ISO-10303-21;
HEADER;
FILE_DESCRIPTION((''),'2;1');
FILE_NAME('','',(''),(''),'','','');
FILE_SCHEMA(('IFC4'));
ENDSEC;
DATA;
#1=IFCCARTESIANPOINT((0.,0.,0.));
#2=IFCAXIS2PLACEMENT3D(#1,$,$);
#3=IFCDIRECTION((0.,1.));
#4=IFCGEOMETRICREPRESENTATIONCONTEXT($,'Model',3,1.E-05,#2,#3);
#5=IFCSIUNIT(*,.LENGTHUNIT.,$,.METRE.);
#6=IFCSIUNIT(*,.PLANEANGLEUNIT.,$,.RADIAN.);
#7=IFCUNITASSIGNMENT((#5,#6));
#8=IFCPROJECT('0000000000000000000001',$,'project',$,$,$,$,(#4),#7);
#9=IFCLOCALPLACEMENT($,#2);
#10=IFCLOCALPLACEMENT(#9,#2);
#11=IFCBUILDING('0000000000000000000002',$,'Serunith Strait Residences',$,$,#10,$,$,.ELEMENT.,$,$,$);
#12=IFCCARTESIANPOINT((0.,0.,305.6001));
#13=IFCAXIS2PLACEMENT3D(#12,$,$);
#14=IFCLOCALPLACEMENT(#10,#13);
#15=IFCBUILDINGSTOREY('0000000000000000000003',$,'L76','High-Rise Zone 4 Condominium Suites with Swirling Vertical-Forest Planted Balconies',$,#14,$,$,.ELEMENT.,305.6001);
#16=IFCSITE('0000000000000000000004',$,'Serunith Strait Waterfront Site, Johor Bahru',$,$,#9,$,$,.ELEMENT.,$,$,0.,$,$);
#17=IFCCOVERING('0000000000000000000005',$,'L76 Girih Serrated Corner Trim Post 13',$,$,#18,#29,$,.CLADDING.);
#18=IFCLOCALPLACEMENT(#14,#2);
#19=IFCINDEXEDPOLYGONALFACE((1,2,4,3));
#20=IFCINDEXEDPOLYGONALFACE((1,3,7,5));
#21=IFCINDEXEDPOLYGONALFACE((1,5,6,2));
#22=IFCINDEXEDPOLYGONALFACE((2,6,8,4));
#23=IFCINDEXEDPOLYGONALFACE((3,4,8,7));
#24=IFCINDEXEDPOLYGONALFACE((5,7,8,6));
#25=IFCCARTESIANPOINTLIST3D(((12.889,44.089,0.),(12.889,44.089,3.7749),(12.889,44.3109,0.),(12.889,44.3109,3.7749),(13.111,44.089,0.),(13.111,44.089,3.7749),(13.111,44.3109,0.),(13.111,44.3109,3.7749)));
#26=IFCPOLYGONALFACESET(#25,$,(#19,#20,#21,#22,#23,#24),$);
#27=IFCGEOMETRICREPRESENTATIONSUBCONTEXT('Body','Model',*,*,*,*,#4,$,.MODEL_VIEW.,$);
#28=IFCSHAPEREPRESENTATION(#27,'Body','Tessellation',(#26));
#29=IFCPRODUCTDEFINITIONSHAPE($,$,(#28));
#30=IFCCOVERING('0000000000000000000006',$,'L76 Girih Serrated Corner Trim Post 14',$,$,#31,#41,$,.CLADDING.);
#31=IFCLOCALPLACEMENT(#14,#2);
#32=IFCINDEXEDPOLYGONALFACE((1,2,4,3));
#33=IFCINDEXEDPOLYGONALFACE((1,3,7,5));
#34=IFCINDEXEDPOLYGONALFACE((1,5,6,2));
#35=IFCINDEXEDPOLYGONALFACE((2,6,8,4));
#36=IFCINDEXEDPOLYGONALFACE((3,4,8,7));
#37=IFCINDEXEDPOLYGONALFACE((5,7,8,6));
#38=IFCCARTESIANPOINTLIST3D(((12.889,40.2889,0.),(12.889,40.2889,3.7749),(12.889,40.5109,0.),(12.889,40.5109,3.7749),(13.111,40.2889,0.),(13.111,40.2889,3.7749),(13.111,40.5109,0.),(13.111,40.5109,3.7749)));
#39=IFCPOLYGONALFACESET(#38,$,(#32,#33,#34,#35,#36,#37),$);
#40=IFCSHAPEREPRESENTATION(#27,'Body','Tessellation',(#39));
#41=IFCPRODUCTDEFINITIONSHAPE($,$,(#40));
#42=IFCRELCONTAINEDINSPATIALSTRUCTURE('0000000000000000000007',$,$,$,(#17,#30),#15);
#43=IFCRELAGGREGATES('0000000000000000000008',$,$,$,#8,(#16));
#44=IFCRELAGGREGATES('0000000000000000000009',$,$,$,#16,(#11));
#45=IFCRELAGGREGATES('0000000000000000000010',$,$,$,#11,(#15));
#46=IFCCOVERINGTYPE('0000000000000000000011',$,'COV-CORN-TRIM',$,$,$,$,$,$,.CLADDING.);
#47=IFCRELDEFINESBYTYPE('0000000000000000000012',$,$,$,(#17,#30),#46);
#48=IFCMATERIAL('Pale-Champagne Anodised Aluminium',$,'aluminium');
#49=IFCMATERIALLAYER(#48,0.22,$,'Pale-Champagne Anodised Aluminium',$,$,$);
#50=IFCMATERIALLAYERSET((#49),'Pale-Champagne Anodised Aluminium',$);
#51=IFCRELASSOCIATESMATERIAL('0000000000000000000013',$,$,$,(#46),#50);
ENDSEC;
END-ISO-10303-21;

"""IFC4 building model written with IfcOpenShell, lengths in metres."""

from ifc_helpers import new_model, si_unit, direction, frame, origin, origin_2d, place, context, subcontext, project, spatial, rectangle, extrude, source, transform, mapped, material, layer, layer_set, type_object, element, save


model = new_model("IFC4")

# Units and contexts
model_context = context("Model", 3, precision=1e-05, world=origin(), true_north=direction((0.0, 1.0)))
body_context = subcontext(model_context, "Body", "Model", "MODEL_VIEW")
ifc_project = project(units=[si_unit("LENGTHUNIT", "METRE"), si_unit("PLANEANGLEUNIT", "RADIAN")], contexts=[model_context])

# Site, building, storey
site_placement = place(None, origin())
site = spatial("IfcSite", under=ifc_project, at=site_placement, Name="Serunith Strait Waterfront Site, Johor Bahru", CompositionType="ELEMENT", RefElevation=0.0)
building_placement = place(site_placement, origin())
building = spatial("IfcBuilding", under=site, at=building_placement, Name="Serunith Strait Residences", CompositionType="ELEMENT")
storey_placement = place(building_placement, frame((0.0, 0.0, 305.6001)))
storey = spatial("IfcBuildingStorey", under=building, at=storey_placement, Name="L76", Description="High-Rise Zone 4 Condominium Suites with Swirling Vertical-Forest Planted Balconies", CompositionType="ELEMENT", Elevation=305.6001)

# Coverings
ifc_material_1 = material(Name="Pale-Champagne Anodised Aluminium", Category="aluminium")
ifc_layer_1 = layer(ifc_material_1, 0.22, Name="Pale-Champagne Anodised Aluminium")
ifc_layer_set_1 = layer_set([ifc_layer_1], Name="Pale-Champagne Anodised Aluminium")
covering_type = type_object("IfcCoveringType", Name="COV-CORN-TRIM", PredefinedType="CLADDING", material=ifc_layer_set_1)
shared_shape_1 = source(origin(), body_context, "Body", "SweptSolid", [
    extrude(rectangle(XDim=0.2219, YDim=0.2219, at=origin_2d()), origin(), (0.0, 0.0, 1.0), 3.7749),
])
for number, where, z_axis, x_axis, name in (
    (1, (13.0, 44.2, 0.0), (0.0, 0.0, 1.0), (1.0, 0.0, 0.0), "L76 Girih Serrated Corner Trim Post 13"),
    (2, (13.0, 40.3999, 0.0), (0.0, 0.0, 1.0), (1.0, 0.0, 0.0), "L76 Girih Serrated Corner Trim Post 14"),
):
    element("IfcCovering", number, at=place(storey_placement, frame(where, z_axis=z_axis, x_axis=x_axis)), inside=storey, type_object=covering_type, Name=name, PredefinedType="CLADDING", context=body_context, shape_type="MappedRepresentation", body=[
        mapped(shared_shape_1, transform((0.0, 0.0, 0.0), scale=1.0)),
    ])

save(model, "model.ifc")
